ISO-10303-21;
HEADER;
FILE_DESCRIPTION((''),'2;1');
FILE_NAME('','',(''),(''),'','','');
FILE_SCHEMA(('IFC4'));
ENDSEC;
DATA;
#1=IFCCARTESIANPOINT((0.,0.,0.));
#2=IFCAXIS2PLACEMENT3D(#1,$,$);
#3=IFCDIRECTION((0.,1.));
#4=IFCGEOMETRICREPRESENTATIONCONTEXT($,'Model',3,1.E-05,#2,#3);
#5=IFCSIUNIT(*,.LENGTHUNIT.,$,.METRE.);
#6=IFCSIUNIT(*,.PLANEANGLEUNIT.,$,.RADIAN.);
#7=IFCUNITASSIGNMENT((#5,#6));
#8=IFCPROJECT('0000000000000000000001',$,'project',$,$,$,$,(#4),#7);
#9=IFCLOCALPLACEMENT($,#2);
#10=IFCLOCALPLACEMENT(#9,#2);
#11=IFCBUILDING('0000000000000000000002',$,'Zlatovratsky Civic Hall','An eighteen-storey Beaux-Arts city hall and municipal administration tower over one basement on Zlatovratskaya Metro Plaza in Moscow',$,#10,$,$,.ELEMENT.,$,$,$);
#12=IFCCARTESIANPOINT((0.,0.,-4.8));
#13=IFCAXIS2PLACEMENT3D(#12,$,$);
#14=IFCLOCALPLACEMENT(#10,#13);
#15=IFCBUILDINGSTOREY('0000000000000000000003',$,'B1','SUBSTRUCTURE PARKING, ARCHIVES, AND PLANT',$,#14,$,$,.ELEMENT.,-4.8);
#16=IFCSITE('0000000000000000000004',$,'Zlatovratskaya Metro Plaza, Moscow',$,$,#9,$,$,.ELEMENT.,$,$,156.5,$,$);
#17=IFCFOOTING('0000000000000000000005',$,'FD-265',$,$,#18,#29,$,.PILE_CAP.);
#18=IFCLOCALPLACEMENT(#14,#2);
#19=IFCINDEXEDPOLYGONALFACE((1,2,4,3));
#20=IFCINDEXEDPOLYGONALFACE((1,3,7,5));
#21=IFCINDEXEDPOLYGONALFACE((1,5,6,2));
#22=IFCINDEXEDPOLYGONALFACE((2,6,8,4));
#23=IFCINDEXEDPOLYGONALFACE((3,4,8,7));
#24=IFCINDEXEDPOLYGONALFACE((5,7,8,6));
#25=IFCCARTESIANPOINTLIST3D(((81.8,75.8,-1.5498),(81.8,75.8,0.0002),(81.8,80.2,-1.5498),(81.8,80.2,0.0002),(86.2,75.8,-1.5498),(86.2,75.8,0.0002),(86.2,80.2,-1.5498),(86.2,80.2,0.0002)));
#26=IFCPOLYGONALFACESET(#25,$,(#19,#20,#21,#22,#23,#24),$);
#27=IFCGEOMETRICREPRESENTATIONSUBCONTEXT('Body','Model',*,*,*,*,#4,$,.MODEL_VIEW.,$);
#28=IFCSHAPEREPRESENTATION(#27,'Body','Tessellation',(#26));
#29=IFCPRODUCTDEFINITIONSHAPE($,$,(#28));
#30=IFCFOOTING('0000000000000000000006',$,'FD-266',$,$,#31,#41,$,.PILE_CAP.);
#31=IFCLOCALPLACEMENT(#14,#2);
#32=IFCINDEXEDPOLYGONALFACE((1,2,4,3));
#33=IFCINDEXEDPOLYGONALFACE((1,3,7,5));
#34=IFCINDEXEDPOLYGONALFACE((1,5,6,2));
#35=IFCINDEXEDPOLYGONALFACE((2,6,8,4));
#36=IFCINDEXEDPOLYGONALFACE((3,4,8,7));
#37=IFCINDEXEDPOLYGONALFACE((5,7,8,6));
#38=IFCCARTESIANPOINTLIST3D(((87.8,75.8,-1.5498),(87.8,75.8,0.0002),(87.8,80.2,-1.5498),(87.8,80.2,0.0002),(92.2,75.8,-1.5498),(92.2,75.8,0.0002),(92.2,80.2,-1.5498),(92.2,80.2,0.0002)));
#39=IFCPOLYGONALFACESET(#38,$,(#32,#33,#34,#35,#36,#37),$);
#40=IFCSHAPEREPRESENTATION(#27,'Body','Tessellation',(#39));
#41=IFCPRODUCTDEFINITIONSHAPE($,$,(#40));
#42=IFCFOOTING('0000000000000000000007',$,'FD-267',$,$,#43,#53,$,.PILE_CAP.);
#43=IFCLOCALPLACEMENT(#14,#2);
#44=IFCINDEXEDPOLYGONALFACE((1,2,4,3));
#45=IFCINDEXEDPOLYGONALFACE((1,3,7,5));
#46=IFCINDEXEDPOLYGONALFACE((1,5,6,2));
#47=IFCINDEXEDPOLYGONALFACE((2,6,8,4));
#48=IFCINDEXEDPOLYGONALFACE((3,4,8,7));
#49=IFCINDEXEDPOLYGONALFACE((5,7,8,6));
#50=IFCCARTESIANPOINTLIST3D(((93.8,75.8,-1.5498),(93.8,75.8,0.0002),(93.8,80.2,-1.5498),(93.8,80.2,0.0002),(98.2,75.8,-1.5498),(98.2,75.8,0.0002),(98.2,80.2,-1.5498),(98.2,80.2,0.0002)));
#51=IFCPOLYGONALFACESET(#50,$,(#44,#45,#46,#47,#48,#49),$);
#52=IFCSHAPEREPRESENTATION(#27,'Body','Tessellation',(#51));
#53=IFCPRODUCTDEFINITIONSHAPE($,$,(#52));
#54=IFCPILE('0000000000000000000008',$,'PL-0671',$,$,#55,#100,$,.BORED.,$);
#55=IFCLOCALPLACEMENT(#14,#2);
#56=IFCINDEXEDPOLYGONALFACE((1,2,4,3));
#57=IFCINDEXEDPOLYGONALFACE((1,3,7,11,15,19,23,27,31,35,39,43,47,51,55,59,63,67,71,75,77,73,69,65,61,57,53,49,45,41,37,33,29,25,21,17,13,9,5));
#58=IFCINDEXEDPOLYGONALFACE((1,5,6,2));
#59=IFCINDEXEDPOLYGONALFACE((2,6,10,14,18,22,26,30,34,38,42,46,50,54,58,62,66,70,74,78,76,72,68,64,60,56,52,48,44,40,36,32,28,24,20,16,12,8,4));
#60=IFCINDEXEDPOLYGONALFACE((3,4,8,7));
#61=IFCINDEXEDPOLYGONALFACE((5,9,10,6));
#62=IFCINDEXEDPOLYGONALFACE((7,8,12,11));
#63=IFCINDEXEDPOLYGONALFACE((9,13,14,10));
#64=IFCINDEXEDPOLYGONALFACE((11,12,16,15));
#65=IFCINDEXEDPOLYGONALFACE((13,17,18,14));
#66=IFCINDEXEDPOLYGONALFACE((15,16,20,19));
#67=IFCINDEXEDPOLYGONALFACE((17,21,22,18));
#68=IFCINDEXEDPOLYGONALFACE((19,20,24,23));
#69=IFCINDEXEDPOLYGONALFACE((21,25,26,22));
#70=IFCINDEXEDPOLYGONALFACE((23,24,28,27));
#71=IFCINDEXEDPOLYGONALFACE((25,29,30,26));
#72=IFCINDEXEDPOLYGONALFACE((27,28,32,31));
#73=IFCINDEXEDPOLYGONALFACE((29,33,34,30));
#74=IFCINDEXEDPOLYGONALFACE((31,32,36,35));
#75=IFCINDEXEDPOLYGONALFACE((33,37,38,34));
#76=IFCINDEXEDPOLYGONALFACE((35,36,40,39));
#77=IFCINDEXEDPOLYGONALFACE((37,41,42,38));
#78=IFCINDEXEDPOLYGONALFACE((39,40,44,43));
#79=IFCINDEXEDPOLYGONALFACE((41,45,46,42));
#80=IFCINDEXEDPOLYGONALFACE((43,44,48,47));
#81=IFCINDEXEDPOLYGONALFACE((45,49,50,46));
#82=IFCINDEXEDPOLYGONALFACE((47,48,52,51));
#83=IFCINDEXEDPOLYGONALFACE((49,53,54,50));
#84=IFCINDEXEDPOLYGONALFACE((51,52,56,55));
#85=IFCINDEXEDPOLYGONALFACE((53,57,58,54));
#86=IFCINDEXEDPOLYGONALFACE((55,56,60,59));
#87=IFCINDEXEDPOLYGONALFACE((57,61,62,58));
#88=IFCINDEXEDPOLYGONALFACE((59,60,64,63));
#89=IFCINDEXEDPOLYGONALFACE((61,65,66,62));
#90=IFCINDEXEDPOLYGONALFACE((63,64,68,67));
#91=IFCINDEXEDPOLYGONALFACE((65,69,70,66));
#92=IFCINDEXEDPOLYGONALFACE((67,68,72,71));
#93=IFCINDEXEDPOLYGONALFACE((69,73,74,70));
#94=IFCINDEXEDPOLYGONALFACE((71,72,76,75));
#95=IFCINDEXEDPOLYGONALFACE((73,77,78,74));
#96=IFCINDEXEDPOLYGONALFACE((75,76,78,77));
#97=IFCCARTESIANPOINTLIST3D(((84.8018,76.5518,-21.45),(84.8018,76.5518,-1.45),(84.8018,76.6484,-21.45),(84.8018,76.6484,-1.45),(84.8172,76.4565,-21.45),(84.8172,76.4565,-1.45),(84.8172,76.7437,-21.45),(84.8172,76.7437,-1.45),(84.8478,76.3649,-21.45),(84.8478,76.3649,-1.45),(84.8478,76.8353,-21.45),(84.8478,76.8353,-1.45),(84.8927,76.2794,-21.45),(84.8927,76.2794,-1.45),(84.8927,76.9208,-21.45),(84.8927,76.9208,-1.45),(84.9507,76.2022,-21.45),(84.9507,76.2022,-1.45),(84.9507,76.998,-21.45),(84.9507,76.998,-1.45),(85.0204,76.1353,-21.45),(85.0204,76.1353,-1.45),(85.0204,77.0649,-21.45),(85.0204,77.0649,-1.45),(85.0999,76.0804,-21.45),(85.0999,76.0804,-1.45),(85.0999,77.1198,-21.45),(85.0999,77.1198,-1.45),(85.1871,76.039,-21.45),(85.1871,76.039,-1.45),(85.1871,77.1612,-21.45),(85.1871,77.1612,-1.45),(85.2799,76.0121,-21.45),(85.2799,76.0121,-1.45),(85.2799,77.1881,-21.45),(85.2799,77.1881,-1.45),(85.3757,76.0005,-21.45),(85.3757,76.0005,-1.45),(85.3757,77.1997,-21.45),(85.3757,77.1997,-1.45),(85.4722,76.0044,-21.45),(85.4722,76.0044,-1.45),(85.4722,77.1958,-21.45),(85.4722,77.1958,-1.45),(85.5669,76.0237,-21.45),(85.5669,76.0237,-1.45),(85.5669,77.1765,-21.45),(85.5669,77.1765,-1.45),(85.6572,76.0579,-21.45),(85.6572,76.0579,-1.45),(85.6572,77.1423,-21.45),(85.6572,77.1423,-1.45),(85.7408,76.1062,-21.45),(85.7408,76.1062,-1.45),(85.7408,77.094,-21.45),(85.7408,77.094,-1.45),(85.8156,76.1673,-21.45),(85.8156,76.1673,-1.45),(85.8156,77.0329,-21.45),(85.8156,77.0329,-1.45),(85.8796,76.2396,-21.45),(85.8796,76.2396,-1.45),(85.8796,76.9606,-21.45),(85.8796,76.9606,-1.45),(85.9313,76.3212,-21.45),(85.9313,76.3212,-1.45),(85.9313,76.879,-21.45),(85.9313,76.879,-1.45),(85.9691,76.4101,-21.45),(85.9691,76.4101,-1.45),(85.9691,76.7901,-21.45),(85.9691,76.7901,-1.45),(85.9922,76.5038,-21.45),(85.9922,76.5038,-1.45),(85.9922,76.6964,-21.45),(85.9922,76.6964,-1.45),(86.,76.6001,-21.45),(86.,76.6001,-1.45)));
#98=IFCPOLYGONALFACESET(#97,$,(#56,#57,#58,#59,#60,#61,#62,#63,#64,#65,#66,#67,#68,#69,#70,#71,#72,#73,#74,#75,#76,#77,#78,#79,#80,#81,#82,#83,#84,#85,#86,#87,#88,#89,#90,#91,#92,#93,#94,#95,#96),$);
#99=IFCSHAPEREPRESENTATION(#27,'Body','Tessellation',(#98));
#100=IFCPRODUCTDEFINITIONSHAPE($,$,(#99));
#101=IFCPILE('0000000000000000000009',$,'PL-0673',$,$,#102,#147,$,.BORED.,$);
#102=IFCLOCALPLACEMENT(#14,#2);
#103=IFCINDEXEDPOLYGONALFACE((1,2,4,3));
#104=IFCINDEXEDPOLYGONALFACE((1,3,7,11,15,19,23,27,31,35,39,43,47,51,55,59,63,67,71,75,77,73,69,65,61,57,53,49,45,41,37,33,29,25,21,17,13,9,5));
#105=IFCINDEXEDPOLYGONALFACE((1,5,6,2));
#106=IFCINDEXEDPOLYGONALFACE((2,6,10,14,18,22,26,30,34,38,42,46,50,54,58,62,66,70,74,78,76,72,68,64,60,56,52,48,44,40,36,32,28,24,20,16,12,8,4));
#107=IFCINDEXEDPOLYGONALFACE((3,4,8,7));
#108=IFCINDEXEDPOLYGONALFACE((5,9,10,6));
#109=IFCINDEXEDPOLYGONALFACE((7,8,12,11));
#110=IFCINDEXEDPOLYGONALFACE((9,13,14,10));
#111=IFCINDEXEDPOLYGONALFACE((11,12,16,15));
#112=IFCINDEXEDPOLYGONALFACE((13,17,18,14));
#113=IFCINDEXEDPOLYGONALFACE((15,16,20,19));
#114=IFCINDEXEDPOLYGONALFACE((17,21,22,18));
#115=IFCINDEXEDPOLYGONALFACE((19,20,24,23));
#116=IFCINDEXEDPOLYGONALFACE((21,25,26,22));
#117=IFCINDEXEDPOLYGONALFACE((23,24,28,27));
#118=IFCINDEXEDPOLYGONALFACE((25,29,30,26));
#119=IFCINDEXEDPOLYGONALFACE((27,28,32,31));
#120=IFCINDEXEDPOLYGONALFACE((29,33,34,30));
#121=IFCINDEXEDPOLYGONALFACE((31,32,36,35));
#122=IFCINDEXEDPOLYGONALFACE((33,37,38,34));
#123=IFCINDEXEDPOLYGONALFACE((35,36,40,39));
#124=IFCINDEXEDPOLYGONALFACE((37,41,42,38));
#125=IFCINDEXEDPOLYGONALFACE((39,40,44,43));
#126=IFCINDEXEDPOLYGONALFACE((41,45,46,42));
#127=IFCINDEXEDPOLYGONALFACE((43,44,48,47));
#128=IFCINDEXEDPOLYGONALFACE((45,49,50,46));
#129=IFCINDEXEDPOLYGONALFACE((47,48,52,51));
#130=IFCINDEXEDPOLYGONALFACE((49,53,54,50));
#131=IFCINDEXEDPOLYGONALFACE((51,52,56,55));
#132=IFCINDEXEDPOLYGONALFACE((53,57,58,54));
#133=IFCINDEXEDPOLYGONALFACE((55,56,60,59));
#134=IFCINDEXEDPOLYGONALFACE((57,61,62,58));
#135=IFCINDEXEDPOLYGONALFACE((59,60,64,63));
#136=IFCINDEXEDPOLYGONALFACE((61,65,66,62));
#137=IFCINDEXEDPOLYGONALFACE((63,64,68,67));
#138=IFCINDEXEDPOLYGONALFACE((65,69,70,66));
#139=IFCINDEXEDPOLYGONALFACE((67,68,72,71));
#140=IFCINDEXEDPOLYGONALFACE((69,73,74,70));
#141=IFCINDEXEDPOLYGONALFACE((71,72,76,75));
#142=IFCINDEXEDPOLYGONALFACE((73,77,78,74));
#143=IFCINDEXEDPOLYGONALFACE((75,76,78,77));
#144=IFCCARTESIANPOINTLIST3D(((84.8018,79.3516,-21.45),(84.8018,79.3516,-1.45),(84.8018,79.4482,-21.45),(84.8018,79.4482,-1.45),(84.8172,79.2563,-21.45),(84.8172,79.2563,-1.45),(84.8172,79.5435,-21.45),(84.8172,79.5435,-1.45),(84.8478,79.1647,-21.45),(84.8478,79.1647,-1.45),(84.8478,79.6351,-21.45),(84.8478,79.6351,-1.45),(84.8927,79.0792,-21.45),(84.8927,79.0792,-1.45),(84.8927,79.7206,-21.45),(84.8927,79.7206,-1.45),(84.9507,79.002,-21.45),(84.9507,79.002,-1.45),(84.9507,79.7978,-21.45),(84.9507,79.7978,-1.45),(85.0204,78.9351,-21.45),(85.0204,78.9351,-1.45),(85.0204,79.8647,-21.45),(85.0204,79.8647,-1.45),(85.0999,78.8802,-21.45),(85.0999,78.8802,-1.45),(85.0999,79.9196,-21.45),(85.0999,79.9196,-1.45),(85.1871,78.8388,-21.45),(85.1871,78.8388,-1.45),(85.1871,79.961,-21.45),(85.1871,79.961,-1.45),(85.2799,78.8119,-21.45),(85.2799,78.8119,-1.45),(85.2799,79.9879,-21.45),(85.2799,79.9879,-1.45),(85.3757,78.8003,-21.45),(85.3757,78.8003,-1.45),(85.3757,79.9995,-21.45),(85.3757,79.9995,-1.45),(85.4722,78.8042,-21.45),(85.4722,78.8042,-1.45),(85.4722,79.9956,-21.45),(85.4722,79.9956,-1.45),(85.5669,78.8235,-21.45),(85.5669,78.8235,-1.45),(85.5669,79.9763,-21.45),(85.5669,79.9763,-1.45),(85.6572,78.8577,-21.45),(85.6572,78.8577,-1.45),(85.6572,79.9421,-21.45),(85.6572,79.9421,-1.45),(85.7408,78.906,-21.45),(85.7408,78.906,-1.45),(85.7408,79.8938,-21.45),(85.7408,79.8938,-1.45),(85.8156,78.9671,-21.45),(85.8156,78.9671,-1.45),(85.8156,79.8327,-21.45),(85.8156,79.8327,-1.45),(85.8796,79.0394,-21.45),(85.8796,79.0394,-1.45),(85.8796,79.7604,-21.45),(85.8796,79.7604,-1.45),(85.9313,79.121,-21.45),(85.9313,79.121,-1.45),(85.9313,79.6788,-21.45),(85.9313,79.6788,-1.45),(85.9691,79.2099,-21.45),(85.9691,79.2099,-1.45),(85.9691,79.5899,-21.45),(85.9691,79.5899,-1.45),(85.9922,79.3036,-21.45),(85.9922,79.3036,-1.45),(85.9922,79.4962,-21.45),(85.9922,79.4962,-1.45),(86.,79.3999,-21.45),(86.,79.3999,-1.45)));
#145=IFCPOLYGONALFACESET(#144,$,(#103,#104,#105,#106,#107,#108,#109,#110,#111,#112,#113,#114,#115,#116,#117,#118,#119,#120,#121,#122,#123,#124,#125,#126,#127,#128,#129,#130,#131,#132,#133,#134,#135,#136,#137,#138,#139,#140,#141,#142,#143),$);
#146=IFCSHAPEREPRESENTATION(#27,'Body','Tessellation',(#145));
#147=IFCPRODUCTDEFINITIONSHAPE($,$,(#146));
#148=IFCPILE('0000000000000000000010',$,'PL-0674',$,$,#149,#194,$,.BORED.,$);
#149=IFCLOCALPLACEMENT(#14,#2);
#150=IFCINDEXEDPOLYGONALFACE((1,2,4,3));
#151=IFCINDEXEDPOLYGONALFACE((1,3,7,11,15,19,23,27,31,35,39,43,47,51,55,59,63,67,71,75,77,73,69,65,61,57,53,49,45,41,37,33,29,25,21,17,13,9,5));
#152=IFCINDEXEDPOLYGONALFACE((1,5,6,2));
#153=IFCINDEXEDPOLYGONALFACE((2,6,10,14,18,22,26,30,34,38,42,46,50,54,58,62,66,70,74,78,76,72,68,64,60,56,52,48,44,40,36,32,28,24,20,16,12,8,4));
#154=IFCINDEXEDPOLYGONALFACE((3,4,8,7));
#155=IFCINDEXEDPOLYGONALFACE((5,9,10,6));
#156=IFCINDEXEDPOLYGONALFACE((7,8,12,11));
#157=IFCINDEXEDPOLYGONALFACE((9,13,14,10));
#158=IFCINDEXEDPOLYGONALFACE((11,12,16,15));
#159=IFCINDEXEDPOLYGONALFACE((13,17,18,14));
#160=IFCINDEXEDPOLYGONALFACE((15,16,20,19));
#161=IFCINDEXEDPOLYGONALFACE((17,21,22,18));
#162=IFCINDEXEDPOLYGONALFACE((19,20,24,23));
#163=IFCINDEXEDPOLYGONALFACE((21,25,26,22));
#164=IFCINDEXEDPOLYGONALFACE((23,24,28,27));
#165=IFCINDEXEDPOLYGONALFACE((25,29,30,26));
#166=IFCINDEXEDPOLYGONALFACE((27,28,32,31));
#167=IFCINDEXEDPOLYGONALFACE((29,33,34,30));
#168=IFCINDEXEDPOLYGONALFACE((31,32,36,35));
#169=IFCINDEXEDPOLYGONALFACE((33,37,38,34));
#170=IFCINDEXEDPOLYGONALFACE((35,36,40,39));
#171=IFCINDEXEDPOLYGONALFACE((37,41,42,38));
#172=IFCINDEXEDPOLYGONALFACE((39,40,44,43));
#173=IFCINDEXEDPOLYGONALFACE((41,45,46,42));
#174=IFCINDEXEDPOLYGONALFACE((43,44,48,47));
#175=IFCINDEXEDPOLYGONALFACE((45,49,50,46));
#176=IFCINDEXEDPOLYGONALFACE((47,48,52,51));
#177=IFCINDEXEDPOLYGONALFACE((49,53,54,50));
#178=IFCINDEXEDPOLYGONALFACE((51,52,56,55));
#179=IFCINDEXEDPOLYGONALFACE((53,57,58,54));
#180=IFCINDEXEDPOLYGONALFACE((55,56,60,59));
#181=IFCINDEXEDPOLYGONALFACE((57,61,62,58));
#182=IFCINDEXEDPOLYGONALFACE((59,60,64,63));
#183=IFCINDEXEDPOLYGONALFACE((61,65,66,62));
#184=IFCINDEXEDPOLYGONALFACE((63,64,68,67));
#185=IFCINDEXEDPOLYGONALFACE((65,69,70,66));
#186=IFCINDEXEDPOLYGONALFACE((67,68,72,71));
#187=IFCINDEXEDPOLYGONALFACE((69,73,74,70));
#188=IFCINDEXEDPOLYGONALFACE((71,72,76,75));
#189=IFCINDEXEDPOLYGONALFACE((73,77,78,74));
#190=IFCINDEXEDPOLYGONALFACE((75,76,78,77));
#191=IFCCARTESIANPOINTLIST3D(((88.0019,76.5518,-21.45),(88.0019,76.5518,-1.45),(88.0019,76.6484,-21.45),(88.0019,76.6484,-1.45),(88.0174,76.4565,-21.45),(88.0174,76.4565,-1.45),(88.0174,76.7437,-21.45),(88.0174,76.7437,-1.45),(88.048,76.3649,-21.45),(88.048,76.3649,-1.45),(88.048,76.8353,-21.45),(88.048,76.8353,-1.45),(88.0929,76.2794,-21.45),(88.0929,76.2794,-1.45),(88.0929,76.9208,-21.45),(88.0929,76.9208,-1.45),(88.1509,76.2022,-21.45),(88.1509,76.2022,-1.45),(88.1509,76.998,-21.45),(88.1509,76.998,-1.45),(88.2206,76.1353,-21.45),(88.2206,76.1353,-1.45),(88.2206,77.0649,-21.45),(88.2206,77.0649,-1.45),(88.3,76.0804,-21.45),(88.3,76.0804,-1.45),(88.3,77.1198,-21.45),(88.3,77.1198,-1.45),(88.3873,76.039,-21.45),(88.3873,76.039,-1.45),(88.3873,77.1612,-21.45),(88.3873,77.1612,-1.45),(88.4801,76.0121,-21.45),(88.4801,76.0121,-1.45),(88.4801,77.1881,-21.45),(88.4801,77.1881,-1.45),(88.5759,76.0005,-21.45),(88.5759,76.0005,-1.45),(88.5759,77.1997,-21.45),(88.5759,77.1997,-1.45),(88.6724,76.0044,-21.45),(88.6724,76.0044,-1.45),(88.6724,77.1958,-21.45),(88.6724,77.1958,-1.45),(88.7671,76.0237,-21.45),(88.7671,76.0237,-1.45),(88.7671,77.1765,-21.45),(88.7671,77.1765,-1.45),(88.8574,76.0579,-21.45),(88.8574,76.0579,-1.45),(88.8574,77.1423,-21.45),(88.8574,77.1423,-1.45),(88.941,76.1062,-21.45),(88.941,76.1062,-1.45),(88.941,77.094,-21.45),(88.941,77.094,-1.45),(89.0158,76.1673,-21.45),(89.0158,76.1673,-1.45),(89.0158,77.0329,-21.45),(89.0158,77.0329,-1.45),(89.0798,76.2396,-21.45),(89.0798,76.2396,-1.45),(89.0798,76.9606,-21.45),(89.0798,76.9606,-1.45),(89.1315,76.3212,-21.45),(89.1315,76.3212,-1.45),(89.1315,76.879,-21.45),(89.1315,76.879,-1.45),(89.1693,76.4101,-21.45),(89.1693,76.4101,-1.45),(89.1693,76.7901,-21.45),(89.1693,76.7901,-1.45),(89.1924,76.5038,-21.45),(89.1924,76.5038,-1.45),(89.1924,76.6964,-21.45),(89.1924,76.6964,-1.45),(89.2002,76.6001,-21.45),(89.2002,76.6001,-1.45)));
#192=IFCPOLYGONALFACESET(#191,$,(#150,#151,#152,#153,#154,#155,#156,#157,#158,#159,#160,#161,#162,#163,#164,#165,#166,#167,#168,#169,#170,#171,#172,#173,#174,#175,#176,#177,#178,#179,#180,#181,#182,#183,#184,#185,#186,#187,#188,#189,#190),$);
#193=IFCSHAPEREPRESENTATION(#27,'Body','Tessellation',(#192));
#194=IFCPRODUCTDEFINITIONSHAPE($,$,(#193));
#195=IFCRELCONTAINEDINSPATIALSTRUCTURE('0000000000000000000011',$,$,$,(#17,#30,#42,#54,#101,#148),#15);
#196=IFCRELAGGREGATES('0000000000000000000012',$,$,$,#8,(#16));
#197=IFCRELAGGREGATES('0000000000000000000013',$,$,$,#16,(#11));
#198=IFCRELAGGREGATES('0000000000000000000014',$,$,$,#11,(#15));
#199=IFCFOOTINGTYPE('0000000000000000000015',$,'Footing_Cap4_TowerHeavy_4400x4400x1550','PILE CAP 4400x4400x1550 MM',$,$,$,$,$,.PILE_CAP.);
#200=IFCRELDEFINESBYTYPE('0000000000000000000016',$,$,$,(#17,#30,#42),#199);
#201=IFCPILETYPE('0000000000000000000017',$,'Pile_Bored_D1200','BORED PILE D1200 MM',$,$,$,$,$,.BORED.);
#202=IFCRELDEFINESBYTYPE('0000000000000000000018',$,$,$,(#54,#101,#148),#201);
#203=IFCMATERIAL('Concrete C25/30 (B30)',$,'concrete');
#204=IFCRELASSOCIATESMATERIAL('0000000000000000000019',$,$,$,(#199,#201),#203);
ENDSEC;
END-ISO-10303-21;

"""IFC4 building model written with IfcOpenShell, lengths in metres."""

from ifc_helpers import new_model, si_unit, direction, frame, origin, origin_2d, place, context, subcontext, project, spatial, rectangle, circle, extrude, material, material_profile, profile_set, type_object, element, save


model = new_model("IFC4")

# Units and contexts
model_context = context("Model", 3, precision=1e-05, world=origin(), true_north=direction((0.0, 1.0)))
body_context = subcontext(model_context, "Body", "Model", "MODEL_VIEW")
ifc_project = project(units=[si_unit("LENGTHUNIT", "METRE"), si_unit("PLANEANGLEUNIT", "RADIAN")], contexts=[model_context])

# Site, building, storey
site_placement = place(None, origin())
site = spatial("IfcSite", under=ifc_project, at=site_placement, Name="Zlatovratskaya Metro Plaza, Moscow", CompositionType="ELEMENT", RefElevation=156.5)
building_placement = place(site_placement, origin())
building = spatial("IfcBuilding", under=site, at=building_placement, Name="Zlatovratsky Civic Hall", Description="An eighteen-storey Beaux-Arts city hall and municipal administration tower over one basement on Zlatovratskaya Metro Plaza in Moscow", CompositionType="ELEMENT")
storey_placement = place(building_placement, frame((0.0, 0.0, -4.8)))
storey = spatial("IfcBuildingStorey", under=building, at=storey_placement, Name="B1", Description="SUBSTRUCTURE PARKING, ARCHIVES, AND PLANT", CompositionType="ELEMENT", Elevation=-4.8)

# Footings
ifc_material_1 = material(Name="Concrete C25/30 (B30)", Category="concrete")
footing_type = type_object("IfcFootingType", Name="Footing_Cap4_TowerHeavy_4400x4400x1550", Description="PILE CAP 4400x4400x1550 MM", PredefinedType="PILE_CAP", material=ifc_material_1)
for number, where, z_axis, x_axis, name in (
    (1, (84.0, 78.0, -1.5498), (0.0, 0.0, 1.0), (1.0, 0.0, 0.0), "FD-265"),
    (2, (90.0, 78.0, -1.5498), (0.0, 0.0, 1.0), (1.0, 0.0, 0.0), "FD-266"),
    (3, (96.0, 78.0, -1.5498), (0.0, 0.0, 1.0), (1.0, 0.0, 0.0), "FD-267"),
):
    element("IfcFooting", number, at=place(storey_placement, frame(where, z_axis=z_axis, x_axis=x_axis)), inside=storey, type_object=footing_type, Name=name, PredefinedType="PILE_CAP", context=body_context, shape_type="SweptSolid", body=[
        extrude(rectangle(XDim=4.3999, YDim=4.3999, at=origin_2d()), origin(), (0.0, 0.0, 1.0), 1.55),
    ])

# Piles
ifc_material_profile_1 = material_profile(ifc_material_1, circle(Radius=0.6001, at=origin_2d()), Name="PILE D1200")
ifc_profile_set_1 = profile_set([ifc_material_profile_1], Name="Concrete C25/30 (B30)")
pile_type = type_object("IfcPileType", Name="Pile_Bored_D1200", Description="BORED PILE D1200 MM", PredefinedType="BORED", material=ifc_profile_set_1)
for number, where, z_axis, x_axis, name in (
    (4, (85.3999, 76.6001, -1.45), (0.0, 0.0, -1.0), (1.0, 0.0, 0.0), "PL-0671"),
    (5, (85.3999, 79.3999, -1.45), (0.0, 0.0, -1.0), (1.0, 0.0, 0.0), "PL-0673"),
    (6, (88.6001, 76.6001, -1.45), (0.0, 0.0, -1.0), (1.0, 0.0, 0.0), "PL-0674"),
):
    element("IfcPile", number, at=place(storey_placement, frame(where, z_axis=z_axis, x_axis=x_axis)), inside=storey, type_object=pile_type, Name=name, PredefinedType="BORED", context=body_context, shape_type="SweptSolid", body=[
        extrude(circle(Radius=0.6001, at=origin_2d()), origin(), (0.0, 0.0, 1.0), 20.0),
    ])

save(model, "model.ifc")
